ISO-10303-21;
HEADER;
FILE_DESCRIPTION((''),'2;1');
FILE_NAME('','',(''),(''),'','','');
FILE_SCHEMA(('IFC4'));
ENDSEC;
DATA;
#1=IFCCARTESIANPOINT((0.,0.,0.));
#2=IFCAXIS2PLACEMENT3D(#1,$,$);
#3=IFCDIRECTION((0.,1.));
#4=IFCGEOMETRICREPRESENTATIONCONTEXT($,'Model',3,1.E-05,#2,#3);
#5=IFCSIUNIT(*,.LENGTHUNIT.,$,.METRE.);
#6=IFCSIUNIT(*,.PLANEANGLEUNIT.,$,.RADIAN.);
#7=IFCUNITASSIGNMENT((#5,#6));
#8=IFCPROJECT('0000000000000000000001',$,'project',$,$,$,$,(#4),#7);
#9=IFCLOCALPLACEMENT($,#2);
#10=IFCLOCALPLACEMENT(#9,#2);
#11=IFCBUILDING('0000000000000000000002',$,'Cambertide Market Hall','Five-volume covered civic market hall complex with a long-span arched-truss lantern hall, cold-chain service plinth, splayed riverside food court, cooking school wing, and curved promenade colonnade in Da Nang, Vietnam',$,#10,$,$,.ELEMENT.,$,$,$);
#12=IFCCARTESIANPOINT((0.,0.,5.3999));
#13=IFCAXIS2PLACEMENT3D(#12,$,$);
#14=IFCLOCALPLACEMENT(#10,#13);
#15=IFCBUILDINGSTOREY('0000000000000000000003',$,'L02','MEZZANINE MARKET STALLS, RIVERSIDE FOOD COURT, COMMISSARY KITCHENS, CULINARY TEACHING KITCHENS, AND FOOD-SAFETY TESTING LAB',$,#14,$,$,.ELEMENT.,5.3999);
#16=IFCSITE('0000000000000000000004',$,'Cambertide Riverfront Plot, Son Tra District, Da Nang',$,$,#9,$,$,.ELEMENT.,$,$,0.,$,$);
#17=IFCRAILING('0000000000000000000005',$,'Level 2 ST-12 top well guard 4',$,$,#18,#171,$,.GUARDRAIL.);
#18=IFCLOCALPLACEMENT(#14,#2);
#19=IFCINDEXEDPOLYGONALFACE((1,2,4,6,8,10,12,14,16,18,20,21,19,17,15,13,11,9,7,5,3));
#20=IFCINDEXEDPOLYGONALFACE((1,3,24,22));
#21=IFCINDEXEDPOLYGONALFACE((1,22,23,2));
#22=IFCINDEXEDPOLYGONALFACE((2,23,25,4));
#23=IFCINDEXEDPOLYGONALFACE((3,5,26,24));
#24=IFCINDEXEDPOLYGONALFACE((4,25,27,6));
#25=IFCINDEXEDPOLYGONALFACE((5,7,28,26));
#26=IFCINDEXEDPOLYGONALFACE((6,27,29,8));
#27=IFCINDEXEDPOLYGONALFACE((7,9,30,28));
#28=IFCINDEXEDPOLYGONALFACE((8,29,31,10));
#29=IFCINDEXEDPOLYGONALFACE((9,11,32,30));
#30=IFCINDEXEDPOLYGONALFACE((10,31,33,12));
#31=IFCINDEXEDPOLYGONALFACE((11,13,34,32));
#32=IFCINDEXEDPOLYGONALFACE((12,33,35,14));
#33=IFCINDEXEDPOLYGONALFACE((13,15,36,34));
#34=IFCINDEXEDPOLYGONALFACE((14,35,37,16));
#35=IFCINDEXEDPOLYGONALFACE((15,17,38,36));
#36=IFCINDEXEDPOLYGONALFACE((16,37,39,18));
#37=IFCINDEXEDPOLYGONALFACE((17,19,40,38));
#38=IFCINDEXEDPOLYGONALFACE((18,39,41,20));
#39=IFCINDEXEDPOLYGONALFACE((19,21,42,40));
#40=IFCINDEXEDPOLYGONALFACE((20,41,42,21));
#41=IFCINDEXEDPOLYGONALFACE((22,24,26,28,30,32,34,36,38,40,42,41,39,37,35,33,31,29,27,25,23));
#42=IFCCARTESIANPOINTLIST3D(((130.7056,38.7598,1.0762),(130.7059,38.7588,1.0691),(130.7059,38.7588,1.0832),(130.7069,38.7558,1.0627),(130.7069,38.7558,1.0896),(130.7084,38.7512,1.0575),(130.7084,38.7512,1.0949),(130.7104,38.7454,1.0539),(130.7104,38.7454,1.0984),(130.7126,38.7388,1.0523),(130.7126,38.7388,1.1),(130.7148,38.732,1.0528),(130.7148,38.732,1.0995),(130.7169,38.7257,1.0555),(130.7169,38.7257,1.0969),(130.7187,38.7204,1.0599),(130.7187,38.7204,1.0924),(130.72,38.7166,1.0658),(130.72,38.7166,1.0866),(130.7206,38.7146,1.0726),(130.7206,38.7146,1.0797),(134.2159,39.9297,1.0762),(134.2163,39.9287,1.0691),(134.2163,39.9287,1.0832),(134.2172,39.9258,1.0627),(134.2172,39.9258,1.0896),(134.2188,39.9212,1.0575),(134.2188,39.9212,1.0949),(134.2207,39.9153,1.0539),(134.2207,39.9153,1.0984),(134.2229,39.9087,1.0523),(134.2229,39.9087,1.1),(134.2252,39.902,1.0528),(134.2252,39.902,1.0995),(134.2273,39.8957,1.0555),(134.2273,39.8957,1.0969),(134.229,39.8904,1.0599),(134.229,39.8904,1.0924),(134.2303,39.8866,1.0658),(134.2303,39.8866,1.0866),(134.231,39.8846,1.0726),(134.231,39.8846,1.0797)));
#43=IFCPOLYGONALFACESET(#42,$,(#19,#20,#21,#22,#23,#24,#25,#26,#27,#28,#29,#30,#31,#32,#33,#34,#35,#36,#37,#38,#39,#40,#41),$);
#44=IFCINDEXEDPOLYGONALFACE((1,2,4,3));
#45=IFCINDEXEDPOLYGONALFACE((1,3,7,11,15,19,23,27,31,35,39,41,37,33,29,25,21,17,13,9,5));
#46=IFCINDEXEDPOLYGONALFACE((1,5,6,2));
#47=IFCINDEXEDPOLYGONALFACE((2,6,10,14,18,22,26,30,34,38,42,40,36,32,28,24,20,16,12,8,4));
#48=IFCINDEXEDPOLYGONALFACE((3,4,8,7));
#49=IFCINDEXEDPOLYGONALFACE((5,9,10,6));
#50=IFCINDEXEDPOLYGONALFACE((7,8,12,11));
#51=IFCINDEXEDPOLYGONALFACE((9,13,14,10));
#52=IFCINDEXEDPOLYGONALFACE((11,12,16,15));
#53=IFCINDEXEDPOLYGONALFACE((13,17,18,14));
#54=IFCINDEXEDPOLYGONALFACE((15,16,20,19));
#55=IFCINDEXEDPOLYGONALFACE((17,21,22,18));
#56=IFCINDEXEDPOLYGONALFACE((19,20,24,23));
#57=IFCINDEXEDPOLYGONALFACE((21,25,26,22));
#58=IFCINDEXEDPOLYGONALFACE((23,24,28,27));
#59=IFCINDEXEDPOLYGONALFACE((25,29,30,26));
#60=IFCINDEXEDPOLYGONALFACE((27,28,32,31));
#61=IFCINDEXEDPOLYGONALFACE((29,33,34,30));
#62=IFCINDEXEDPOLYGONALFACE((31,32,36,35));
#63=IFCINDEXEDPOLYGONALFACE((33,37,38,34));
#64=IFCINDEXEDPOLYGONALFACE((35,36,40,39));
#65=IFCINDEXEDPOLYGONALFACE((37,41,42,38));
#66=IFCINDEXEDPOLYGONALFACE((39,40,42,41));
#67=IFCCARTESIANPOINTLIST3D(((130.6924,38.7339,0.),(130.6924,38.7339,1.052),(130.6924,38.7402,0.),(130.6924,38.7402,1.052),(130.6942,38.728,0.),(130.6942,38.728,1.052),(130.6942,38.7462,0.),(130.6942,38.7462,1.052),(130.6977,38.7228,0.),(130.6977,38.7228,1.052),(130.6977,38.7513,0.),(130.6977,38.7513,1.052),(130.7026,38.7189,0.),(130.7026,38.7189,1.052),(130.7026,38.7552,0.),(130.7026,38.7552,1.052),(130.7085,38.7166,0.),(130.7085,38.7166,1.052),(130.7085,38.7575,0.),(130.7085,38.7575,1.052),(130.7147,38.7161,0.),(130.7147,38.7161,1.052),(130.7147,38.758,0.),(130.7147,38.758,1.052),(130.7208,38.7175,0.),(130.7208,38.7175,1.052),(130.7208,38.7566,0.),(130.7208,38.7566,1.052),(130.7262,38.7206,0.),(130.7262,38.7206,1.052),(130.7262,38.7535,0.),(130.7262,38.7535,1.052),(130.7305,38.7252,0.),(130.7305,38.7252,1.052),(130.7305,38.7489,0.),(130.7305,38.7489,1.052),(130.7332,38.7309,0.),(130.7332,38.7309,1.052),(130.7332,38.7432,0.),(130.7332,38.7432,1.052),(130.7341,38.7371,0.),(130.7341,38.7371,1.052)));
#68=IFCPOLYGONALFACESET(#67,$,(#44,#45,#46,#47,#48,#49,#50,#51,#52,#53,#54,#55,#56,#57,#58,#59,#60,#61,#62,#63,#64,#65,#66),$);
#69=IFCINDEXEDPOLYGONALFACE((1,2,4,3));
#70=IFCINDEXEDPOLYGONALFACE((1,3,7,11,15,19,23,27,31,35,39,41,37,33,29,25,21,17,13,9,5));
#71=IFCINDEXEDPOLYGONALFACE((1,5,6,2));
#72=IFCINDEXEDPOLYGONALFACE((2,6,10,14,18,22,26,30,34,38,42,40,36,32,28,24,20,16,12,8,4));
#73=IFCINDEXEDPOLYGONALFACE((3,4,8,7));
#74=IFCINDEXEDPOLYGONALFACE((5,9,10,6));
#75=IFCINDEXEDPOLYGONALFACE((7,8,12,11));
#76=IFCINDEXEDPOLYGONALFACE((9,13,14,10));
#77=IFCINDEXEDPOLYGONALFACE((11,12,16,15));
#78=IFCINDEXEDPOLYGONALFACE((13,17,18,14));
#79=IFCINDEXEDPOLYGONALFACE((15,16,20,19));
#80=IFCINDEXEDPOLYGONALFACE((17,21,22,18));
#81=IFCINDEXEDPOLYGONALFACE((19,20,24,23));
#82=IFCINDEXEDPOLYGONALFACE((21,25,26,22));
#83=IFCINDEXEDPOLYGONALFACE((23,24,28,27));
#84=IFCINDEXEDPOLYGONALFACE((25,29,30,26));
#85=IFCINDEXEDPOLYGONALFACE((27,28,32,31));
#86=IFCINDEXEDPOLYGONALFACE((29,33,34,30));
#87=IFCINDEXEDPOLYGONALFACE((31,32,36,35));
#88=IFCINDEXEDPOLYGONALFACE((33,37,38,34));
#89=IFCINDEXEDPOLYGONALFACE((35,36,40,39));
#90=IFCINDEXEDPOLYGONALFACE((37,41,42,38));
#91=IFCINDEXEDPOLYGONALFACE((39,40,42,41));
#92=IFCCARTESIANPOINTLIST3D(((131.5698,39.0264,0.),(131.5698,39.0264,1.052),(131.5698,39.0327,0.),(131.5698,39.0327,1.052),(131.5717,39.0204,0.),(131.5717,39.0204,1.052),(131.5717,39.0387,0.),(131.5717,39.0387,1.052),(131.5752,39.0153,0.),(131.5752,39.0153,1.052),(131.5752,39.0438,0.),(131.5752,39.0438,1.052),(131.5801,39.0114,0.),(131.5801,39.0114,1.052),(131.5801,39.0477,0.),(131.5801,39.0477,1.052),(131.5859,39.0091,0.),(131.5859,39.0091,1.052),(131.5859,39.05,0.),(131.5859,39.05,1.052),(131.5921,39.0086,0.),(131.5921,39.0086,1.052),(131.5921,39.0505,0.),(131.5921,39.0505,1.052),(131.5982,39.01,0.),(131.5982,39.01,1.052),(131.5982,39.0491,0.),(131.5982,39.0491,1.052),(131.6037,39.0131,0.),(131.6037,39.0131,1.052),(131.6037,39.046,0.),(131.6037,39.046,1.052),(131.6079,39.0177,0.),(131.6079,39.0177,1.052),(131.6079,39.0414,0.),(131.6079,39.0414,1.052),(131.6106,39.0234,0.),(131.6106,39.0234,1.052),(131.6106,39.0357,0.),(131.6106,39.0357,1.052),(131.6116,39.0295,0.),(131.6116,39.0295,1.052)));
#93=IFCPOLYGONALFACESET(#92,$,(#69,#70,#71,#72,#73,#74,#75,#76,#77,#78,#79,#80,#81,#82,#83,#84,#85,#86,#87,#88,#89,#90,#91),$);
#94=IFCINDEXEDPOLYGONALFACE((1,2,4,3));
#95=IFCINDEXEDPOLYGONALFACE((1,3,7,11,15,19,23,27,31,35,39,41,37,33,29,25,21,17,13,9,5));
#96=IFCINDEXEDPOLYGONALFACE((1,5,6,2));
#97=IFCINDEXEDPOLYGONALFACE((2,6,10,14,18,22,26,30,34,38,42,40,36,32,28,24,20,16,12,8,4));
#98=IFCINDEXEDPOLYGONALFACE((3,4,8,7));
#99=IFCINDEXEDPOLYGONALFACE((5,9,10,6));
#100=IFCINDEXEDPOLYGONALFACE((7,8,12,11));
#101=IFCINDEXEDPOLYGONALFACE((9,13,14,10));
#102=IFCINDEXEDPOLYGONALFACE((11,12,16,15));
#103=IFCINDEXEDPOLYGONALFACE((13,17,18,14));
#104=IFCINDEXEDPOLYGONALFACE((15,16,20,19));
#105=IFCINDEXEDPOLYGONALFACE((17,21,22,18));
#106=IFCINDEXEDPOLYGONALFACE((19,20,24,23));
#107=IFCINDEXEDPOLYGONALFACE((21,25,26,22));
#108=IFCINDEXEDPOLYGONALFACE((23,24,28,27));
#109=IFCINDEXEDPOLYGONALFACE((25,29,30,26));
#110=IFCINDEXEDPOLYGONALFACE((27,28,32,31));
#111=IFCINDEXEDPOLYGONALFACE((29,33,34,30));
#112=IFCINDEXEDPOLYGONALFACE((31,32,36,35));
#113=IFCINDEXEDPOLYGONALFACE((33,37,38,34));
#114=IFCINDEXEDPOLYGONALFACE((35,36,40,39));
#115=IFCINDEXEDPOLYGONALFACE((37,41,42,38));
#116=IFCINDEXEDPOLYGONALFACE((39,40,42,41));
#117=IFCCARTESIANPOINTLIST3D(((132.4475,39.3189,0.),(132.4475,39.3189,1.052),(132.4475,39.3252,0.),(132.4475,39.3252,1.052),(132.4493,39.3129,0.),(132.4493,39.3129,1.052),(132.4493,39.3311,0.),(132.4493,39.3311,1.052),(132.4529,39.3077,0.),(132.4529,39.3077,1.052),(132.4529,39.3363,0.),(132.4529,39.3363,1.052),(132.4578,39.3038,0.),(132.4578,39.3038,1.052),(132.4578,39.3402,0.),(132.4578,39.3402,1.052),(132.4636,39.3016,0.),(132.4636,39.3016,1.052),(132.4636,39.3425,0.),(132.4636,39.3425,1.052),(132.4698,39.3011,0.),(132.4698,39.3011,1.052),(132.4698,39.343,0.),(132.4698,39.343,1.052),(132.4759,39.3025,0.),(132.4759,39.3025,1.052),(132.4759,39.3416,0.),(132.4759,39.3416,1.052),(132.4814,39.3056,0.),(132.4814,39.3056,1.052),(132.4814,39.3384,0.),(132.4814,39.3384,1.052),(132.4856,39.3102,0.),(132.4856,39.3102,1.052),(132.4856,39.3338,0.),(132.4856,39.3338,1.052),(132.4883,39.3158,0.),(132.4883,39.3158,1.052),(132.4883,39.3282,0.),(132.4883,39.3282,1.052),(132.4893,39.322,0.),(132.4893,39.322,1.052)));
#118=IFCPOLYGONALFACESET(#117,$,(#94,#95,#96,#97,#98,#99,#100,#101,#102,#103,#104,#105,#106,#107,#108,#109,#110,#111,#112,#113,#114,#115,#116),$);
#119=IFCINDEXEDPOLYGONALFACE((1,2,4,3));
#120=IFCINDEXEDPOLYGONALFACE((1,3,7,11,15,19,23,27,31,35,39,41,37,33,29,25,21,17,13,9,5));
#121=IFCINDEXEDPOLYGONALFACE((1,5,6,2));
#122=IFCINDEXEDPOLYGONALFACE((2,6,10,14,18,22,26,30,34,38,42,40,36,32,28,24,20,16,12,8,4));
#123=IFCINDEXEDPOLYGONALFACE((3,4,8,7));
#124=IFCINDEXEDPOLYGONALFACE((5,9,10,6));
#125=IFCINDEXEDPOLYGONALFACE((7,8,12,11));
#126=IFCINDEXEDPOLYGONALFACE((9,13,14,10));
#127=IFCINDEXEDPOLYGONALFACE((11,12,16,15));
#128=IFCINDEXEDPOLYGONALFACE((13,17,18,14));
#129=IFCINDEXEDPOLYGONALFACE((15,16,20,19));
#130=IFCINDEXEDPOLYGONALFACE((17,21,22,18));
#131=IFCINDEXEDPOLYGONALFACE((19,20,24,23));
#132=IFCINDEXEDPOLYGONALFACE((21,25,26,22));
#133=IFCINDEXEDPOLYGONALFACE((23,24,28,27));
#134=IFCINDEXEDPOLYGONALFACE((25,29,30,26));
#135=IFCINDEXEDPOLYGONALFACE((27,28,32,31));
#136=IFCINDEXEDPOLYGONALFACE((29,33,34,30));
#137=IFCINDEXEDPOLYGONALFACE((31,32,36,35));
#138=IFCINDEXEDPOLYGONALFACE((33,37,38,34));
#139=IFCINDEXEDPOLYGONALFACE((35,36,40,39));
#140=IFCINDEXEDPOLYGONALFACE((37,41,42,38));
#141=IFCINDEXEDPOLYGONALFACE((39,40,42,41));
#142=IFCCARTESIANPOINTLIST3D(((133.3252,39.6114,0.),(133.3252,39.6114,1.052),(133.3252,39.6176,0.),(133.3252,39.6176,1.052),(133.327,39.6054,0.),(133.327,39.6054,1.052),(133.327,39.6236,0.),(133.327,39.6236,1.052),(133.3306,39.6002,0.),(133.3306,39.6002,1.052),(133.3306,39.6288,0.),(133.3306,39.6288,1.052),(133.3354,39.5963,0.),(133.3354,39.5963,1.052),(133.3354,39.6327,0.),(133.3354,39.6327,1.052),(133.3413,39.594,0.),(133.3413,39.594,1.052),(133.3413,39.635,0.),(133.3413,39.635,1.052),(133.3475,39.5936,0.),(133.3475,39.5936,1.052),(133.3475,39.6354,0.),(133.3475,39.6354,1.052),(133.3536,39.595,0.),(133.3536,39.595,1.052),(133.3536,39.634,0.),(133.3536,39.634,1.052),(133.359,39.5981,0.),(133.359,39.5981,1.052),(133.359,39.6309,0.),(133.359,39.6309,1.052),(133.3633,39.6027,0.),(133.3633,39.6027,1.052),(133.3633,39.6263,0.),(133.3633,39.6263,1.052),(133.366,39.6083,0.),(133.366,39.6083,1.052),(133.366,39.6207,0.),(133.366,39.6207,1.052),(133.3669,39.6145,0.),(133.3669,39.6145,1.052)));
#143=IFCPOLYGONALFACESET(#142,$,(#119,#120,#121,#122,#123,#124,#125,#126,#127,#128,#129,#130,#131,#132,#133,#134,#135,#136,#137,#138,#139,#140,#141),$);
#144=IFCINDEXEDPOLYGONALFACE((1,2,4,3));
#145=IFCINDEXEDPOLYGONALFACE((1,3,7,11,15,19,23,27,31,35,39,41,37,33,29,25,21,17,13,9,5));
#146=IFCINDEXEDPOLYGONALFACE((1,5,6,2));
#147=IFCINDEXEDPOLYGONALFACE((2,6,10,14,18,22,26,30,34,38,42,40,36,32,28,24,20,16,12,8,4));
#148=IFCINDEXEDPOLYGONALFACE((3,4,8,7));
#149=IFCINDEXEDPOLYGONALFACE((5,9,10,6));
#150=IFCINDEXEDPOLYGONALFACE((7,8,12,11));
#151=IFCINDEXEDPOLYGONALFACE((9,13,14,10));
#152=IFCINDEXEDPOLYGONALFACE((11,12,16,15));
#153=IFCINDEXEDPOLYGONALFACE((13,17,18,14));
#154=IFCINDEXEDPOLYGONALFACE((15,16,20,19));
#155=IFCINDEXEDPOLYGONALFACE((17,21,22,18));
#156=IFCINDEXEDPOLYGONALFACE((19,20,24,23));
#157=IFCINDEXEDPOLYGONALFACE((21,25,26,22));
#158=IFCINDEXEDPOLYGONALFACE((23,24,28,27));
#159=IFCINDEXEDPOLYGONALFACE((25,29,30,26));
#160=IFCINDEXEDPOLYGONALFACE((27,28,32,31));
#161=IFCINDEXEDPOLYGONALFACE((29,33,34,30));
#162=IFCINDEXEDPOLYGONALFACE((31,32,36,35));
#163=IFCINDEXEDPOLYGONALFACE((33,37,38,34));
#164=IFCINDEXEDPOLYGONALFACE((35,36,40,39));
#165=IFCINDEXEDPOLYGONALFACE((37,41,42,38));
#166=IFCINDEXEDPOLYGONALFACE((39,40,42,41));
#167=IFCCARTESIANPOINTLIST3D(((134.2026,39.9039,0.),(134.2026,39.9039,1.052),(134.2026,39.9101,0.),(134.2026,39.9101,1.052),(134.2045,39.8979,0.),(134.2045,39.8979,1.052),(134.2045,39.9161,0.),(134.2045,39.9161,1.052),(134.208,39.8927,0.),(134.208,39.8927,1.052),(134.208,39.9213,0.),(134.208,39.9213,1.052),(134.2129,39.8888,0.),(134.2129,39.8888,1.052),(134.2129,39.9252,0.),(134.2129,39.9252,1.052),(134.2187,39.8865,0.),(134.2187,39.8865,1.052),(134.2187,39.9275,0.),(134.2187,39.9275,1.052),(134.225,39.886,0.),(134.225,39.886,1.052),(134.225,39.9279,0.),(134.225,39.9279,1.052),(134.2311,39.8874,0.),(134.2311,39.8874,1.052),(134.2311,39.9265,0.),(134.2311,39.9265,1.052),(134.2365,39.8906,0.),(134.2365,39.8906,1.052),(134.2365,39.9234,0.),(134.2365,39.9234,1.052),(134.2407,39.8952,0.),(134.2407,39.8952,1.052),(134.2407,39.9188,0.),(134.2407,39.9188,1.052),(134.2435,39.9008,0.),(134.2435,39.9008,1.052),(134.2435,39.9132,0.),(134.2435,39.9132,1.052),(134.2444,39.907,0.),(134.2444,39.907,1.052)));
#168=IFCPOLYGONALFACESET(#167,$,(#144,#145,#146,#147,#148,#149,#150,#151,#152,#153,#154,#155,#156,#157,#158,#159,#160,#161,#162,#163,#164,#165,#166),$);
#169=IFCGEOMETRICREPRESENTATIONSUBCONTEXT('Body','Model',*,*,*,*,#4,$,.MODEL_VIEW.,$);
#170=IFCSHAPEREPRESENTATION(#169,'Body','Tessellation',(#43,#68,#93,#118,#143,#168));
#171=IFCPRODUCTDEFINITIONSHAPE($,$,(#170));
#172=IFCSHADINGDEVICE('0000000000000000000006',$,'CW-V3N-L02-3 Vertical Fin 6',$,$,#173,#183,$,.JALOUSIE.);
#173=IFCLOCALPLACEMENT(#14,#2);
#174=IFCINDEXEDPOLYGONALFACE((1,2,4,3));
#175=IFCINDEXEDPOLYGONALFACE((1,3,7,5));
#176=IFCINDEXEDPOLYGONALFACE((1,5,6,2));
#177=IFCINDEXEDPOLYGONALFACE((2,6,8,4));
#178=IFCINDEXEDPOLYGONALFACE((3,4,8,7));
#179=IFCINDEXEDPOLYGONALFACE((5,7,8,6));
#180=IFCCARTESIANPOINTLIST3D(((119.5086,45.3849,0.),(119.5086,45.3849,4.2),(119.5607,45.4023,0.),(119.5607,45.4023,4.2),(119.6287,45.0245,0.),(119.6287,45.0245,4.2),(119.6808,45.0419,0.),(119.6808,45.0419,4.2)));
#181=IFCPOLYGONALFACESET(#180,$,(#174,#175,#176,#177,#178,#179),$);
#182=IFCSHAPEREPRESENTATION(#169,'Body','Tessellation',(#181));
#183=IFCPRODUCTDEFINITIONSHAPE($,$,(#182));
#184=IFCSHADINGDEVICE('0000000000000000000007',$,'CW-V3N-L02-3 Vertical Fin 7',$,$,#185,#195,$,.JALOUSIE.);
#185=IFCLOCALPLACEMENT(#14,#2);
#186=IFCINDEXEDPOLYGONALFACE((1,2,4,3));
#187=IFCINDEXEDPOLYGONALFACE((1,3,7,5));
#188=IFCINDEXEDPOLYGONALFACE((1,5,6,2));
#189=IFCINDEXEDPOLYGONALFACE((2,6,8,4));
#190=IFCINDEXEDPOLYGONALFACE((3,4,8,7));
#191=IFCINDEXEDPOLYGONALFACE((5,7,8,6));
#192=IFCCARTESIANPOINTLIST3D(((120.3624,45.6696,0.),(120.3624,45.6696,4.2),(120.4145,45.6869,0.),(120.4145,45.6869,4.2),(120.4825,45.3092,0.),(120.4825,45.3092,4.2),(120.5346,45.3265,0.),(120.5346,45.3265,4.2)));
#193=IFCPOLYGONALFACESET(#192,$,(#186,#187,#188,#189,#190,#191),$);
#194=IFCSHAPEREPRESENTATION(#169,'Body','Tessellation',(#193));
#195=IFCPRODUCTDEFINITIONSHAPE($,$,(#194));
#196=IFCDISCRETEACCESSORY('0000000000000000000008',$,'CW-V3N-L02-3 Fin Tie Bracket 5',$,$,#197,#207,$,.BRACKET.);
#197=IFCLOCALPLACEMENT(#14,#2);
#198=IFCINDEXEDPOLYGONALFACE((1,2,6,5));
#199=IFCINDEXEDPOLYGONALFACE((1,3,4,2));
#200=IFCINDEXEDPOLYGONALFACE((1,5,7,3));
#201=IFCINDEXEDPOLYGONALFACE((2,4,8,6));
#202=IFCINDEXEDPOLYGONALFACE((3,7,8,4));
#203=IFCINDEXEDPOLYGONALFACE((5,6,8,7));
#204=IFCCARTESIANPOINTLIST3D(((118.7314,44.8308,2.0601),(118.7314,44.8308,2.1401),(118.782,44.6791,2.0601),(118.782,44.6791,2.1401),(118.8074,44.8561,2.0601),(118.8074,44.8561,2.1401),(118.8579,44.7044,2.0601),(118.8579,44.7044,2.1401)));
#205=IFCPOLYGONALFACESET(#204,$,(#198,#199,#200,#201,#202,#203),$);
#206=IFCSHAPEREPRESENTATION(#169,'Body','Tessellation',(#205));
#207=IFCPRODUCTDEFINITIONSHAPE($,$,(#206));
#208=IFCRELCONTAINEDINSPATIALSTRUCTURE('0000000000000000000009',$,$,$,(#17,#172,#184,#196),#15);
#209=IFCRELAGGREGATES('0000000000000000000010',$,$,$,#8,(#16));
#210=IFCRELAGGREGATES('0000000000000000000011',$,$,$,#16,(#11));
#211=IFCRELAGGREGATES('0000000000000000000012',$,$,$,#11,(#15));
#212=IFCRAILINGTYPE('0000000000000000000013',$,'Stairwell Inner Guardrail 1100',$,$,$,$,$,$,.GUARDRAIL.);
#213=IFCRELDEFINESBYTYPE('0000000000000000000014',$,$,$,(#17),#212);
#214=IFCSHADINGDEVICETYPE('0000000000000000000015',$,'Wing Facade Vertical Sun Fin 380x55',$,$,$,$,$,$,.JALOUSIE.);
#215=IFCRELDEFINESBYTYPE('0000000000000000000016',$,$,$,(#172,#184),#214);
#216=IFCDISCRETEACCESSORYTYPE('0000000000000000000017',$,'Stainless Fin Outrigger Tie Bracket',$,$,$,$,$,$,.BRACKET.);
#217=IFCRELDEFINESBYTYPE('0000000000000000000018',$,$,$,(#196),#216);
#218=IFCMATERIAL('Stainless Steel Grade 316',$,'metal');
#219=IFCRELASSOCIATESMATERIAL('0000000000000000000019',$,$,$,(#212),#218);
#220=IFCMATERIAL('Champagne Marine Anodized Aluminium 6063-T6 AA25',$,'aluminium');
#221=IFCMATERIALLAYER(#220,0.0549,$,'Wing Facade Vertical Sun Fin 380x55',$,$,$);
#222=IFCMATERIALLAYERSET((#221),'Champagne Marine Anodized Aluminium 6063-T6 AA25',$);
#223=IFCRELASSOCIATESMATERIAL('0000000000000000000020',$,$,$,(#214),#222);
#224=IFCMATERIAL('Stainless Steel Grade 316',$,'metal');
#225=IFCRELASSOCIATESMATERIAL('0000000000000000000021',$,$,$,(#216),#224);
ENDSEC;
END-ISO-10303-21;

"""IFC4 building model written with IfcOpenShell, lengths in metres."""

from ifc_helpers import new_model, si_unit, direction, frame, origin, origin_2d, place, context, subcontext, project, spatial, rectangle, circle, extrude, material, layer, layer_set, type_object, element, save


model = new_model("IFC4")

# Units and contexts
model_context = context("Model", 3, precision=1e-05, world=origin(), true_north=direction((0.0, 1.0)))
body_context = subcontext(model_context, "Body", "Model", "MODEL_VIEW")
ifc_project = project(units=[si_unit("LENGTHUNIT", "METRE"), si_unit("PLANEANGLEUNIT", "RADIAN")], contexts=[model_context])

# Site, building, storey
site_placement = place(None, origin())
site = spatial("IfcSite", under=ifc_project, at=site_placement, Name="Cambertide Riverfront Plot, Son Tra District, Da Nang", CompositionType="ELEMENT", RefElevation=0.0)
building_placement = place(site_placement, origin())
building = spatial("IfcBuilding", under=site, at=building_placement, Name="Cambertide Market Hall", Description="Five-volume covered civic market hall complex with a long-span arched-truss lantern hall, cold-chain service plinth, splayed riverside food court, cooking school wing, and curved promenade colonnade in Da Nang, Vietnam", CompositionType="ELEMENT")
storey_placement = place(building_placement, frame((0.0, 0.0, 5.3999)))
storey = spatial("IfcBuildingStorey", under=building, at=storey_placement, Name="L02", Description="MEZZANINE MARKET STALLS, RIVERSIDE FOOD COURT, COMMISSARY KITCHENS, CULINARY TEACHING KITCHENS, AND FOOD-SAFETY TESTING LAB", CompositionType="ELEMENT", Elevation=5.3999)

# Railing
ifc_material_1 = material(Name="Stainless Steel Grade 316", Category="metal")
railing_type = type_object("IfcRailingType", Name="Stairwell Inner Guardrail 1100", PredefinedType="GUARDRAIL", material=ifc_material_1)
railing_1_placement = place(storey_placement, frame((130.7131, 38.7371, 0.0)))
element("IfcRailing", 1, at=railing_1_placement, inside=storey, type_object=railing_type, Name="Level 2 ST-12 top well guard 4", PredefinedType="GUARDRAIL", context=body_context, shape_type="SweptSolid", body=[
    extrude(circle(Radius=0.0239, at=origin_2d()), frame((0.0, 0.0, 1.0762), z_axis=(0.948696, 0.316188, 0.0), x_axis=(-0.316188, 0.948696, 0.0)), (0.0, 0.0, 1.0), 3.7002),
    extrude(circle(Radius=0.021, at=origin_2d()), origin(), (0.0, 0.0, 1.0), 1.052),
    extrude(circle(Radius=0.021, at=origin_2d()), frame((0.8774, 0.2925, 0.0)), (0.0, 0.0, 1.0), 1.052),
    extrude(circle(Radius=0.021, at=origin_2d()), frame((1.7551, 0.585, 0.0)), (0.0, 0.0, 1.0), 1.052),
    extrude(circle(Radius=0.021, at=origin_2d()), frame((2.6328, 0.8774, 0.0)), (0.0, 0.0, 1.0), 1.052),
    extrude(circle(Radius=0.021, at=origin_2d()), frame((3.5103, 1.1699, 0.0)), (0.0, 0.0, 1.0), 1.052),
])

# Shading devices
ifc_material_2 = material(Name="Champagne Marine Anodized Aluminium 6063-T6 AA25", Category="aluminium")
ifc_layer_1 = layer(ifc_material_2, 0.0549, Name="Wing Facade Vertical Sun Fin 380x55")
ifc_layer_set_1 = layer_set([ifc_layer_1], Name="Champagne Marine Anodized Aluminium 6063-T6 AA25")
shading_device_type = type_object("IfcShadingDeviceType", Name="Wing Facade Vertical Sun Fin 380x55", PredefinedType="JALOUSIE", material=ifc_layer_set_1)
for number, where, z_axis, x_axis, name in (
    (2, (119.5947, 45.2134, 0.0), (0.0, 0.0, 1.0), (0.948683, 0.316228, 0.0), "CW-V3N-L02-3 Vertical Fin 6"),
    (3, (120.4485, 45.498, 0.0), (0.0, 0.0, 1.0), (0.948683, 0.316228, 0.0), "CW-V3N-L02-3 Vertical Fin 7"),
):
    element("IfcShadingDevice", number, at=place(storey_placement, frame(where, z_axis=z_axis, x_axis=x_axis)), inside=storey, type_object=shading_device_type, Name=name, PredefinedType="JALOUSIE", context=body_context, shape_type="SweptSolid", body=[
        extrude(rectangle(XDim=0.0549, YDim=0.3799, at=origin_2d()), origin(), (0.0, 0.0, 1.0), 4.2),
    ])

# Discrete accessory
ifc_material_3 = material(Name="Stainless Steel Grade 316", Category="metal")
discrete_accessory_type = type_object("IfcDiscreteAccessoryType", Name="Stainless Fin Outrigger Tie Bracket", PredefinedType="BRACKET", material=ifc_material_3)
for number, where, z_axis, x_axis, name in (
    (4, (118.7947, 44.7676, 2.0601), (0.0, 0.0, 1.0), (0.948683, 0.316228, 0.0), "CW-V3N-L02-3 Fin Tie Bracket 5"),
):
    element("IfcDiscreteAccessory", number, at=place(storey_placement, frame(where, z_axis=z_axis, x_axis=x_axis)), inside=storey, type_object=discrete_accessory_type, Name=name, PredefinedType="BRACKET", context=body_context, shape_type="SweptSolid", body=[
        extrude(rectangle(XDim=0.0801, YDim=0.1599, at=origin_2d()), origin(), (0.0, 0.0, 1.0), 0.0801),
    ])

save(model, "model.ifc")
